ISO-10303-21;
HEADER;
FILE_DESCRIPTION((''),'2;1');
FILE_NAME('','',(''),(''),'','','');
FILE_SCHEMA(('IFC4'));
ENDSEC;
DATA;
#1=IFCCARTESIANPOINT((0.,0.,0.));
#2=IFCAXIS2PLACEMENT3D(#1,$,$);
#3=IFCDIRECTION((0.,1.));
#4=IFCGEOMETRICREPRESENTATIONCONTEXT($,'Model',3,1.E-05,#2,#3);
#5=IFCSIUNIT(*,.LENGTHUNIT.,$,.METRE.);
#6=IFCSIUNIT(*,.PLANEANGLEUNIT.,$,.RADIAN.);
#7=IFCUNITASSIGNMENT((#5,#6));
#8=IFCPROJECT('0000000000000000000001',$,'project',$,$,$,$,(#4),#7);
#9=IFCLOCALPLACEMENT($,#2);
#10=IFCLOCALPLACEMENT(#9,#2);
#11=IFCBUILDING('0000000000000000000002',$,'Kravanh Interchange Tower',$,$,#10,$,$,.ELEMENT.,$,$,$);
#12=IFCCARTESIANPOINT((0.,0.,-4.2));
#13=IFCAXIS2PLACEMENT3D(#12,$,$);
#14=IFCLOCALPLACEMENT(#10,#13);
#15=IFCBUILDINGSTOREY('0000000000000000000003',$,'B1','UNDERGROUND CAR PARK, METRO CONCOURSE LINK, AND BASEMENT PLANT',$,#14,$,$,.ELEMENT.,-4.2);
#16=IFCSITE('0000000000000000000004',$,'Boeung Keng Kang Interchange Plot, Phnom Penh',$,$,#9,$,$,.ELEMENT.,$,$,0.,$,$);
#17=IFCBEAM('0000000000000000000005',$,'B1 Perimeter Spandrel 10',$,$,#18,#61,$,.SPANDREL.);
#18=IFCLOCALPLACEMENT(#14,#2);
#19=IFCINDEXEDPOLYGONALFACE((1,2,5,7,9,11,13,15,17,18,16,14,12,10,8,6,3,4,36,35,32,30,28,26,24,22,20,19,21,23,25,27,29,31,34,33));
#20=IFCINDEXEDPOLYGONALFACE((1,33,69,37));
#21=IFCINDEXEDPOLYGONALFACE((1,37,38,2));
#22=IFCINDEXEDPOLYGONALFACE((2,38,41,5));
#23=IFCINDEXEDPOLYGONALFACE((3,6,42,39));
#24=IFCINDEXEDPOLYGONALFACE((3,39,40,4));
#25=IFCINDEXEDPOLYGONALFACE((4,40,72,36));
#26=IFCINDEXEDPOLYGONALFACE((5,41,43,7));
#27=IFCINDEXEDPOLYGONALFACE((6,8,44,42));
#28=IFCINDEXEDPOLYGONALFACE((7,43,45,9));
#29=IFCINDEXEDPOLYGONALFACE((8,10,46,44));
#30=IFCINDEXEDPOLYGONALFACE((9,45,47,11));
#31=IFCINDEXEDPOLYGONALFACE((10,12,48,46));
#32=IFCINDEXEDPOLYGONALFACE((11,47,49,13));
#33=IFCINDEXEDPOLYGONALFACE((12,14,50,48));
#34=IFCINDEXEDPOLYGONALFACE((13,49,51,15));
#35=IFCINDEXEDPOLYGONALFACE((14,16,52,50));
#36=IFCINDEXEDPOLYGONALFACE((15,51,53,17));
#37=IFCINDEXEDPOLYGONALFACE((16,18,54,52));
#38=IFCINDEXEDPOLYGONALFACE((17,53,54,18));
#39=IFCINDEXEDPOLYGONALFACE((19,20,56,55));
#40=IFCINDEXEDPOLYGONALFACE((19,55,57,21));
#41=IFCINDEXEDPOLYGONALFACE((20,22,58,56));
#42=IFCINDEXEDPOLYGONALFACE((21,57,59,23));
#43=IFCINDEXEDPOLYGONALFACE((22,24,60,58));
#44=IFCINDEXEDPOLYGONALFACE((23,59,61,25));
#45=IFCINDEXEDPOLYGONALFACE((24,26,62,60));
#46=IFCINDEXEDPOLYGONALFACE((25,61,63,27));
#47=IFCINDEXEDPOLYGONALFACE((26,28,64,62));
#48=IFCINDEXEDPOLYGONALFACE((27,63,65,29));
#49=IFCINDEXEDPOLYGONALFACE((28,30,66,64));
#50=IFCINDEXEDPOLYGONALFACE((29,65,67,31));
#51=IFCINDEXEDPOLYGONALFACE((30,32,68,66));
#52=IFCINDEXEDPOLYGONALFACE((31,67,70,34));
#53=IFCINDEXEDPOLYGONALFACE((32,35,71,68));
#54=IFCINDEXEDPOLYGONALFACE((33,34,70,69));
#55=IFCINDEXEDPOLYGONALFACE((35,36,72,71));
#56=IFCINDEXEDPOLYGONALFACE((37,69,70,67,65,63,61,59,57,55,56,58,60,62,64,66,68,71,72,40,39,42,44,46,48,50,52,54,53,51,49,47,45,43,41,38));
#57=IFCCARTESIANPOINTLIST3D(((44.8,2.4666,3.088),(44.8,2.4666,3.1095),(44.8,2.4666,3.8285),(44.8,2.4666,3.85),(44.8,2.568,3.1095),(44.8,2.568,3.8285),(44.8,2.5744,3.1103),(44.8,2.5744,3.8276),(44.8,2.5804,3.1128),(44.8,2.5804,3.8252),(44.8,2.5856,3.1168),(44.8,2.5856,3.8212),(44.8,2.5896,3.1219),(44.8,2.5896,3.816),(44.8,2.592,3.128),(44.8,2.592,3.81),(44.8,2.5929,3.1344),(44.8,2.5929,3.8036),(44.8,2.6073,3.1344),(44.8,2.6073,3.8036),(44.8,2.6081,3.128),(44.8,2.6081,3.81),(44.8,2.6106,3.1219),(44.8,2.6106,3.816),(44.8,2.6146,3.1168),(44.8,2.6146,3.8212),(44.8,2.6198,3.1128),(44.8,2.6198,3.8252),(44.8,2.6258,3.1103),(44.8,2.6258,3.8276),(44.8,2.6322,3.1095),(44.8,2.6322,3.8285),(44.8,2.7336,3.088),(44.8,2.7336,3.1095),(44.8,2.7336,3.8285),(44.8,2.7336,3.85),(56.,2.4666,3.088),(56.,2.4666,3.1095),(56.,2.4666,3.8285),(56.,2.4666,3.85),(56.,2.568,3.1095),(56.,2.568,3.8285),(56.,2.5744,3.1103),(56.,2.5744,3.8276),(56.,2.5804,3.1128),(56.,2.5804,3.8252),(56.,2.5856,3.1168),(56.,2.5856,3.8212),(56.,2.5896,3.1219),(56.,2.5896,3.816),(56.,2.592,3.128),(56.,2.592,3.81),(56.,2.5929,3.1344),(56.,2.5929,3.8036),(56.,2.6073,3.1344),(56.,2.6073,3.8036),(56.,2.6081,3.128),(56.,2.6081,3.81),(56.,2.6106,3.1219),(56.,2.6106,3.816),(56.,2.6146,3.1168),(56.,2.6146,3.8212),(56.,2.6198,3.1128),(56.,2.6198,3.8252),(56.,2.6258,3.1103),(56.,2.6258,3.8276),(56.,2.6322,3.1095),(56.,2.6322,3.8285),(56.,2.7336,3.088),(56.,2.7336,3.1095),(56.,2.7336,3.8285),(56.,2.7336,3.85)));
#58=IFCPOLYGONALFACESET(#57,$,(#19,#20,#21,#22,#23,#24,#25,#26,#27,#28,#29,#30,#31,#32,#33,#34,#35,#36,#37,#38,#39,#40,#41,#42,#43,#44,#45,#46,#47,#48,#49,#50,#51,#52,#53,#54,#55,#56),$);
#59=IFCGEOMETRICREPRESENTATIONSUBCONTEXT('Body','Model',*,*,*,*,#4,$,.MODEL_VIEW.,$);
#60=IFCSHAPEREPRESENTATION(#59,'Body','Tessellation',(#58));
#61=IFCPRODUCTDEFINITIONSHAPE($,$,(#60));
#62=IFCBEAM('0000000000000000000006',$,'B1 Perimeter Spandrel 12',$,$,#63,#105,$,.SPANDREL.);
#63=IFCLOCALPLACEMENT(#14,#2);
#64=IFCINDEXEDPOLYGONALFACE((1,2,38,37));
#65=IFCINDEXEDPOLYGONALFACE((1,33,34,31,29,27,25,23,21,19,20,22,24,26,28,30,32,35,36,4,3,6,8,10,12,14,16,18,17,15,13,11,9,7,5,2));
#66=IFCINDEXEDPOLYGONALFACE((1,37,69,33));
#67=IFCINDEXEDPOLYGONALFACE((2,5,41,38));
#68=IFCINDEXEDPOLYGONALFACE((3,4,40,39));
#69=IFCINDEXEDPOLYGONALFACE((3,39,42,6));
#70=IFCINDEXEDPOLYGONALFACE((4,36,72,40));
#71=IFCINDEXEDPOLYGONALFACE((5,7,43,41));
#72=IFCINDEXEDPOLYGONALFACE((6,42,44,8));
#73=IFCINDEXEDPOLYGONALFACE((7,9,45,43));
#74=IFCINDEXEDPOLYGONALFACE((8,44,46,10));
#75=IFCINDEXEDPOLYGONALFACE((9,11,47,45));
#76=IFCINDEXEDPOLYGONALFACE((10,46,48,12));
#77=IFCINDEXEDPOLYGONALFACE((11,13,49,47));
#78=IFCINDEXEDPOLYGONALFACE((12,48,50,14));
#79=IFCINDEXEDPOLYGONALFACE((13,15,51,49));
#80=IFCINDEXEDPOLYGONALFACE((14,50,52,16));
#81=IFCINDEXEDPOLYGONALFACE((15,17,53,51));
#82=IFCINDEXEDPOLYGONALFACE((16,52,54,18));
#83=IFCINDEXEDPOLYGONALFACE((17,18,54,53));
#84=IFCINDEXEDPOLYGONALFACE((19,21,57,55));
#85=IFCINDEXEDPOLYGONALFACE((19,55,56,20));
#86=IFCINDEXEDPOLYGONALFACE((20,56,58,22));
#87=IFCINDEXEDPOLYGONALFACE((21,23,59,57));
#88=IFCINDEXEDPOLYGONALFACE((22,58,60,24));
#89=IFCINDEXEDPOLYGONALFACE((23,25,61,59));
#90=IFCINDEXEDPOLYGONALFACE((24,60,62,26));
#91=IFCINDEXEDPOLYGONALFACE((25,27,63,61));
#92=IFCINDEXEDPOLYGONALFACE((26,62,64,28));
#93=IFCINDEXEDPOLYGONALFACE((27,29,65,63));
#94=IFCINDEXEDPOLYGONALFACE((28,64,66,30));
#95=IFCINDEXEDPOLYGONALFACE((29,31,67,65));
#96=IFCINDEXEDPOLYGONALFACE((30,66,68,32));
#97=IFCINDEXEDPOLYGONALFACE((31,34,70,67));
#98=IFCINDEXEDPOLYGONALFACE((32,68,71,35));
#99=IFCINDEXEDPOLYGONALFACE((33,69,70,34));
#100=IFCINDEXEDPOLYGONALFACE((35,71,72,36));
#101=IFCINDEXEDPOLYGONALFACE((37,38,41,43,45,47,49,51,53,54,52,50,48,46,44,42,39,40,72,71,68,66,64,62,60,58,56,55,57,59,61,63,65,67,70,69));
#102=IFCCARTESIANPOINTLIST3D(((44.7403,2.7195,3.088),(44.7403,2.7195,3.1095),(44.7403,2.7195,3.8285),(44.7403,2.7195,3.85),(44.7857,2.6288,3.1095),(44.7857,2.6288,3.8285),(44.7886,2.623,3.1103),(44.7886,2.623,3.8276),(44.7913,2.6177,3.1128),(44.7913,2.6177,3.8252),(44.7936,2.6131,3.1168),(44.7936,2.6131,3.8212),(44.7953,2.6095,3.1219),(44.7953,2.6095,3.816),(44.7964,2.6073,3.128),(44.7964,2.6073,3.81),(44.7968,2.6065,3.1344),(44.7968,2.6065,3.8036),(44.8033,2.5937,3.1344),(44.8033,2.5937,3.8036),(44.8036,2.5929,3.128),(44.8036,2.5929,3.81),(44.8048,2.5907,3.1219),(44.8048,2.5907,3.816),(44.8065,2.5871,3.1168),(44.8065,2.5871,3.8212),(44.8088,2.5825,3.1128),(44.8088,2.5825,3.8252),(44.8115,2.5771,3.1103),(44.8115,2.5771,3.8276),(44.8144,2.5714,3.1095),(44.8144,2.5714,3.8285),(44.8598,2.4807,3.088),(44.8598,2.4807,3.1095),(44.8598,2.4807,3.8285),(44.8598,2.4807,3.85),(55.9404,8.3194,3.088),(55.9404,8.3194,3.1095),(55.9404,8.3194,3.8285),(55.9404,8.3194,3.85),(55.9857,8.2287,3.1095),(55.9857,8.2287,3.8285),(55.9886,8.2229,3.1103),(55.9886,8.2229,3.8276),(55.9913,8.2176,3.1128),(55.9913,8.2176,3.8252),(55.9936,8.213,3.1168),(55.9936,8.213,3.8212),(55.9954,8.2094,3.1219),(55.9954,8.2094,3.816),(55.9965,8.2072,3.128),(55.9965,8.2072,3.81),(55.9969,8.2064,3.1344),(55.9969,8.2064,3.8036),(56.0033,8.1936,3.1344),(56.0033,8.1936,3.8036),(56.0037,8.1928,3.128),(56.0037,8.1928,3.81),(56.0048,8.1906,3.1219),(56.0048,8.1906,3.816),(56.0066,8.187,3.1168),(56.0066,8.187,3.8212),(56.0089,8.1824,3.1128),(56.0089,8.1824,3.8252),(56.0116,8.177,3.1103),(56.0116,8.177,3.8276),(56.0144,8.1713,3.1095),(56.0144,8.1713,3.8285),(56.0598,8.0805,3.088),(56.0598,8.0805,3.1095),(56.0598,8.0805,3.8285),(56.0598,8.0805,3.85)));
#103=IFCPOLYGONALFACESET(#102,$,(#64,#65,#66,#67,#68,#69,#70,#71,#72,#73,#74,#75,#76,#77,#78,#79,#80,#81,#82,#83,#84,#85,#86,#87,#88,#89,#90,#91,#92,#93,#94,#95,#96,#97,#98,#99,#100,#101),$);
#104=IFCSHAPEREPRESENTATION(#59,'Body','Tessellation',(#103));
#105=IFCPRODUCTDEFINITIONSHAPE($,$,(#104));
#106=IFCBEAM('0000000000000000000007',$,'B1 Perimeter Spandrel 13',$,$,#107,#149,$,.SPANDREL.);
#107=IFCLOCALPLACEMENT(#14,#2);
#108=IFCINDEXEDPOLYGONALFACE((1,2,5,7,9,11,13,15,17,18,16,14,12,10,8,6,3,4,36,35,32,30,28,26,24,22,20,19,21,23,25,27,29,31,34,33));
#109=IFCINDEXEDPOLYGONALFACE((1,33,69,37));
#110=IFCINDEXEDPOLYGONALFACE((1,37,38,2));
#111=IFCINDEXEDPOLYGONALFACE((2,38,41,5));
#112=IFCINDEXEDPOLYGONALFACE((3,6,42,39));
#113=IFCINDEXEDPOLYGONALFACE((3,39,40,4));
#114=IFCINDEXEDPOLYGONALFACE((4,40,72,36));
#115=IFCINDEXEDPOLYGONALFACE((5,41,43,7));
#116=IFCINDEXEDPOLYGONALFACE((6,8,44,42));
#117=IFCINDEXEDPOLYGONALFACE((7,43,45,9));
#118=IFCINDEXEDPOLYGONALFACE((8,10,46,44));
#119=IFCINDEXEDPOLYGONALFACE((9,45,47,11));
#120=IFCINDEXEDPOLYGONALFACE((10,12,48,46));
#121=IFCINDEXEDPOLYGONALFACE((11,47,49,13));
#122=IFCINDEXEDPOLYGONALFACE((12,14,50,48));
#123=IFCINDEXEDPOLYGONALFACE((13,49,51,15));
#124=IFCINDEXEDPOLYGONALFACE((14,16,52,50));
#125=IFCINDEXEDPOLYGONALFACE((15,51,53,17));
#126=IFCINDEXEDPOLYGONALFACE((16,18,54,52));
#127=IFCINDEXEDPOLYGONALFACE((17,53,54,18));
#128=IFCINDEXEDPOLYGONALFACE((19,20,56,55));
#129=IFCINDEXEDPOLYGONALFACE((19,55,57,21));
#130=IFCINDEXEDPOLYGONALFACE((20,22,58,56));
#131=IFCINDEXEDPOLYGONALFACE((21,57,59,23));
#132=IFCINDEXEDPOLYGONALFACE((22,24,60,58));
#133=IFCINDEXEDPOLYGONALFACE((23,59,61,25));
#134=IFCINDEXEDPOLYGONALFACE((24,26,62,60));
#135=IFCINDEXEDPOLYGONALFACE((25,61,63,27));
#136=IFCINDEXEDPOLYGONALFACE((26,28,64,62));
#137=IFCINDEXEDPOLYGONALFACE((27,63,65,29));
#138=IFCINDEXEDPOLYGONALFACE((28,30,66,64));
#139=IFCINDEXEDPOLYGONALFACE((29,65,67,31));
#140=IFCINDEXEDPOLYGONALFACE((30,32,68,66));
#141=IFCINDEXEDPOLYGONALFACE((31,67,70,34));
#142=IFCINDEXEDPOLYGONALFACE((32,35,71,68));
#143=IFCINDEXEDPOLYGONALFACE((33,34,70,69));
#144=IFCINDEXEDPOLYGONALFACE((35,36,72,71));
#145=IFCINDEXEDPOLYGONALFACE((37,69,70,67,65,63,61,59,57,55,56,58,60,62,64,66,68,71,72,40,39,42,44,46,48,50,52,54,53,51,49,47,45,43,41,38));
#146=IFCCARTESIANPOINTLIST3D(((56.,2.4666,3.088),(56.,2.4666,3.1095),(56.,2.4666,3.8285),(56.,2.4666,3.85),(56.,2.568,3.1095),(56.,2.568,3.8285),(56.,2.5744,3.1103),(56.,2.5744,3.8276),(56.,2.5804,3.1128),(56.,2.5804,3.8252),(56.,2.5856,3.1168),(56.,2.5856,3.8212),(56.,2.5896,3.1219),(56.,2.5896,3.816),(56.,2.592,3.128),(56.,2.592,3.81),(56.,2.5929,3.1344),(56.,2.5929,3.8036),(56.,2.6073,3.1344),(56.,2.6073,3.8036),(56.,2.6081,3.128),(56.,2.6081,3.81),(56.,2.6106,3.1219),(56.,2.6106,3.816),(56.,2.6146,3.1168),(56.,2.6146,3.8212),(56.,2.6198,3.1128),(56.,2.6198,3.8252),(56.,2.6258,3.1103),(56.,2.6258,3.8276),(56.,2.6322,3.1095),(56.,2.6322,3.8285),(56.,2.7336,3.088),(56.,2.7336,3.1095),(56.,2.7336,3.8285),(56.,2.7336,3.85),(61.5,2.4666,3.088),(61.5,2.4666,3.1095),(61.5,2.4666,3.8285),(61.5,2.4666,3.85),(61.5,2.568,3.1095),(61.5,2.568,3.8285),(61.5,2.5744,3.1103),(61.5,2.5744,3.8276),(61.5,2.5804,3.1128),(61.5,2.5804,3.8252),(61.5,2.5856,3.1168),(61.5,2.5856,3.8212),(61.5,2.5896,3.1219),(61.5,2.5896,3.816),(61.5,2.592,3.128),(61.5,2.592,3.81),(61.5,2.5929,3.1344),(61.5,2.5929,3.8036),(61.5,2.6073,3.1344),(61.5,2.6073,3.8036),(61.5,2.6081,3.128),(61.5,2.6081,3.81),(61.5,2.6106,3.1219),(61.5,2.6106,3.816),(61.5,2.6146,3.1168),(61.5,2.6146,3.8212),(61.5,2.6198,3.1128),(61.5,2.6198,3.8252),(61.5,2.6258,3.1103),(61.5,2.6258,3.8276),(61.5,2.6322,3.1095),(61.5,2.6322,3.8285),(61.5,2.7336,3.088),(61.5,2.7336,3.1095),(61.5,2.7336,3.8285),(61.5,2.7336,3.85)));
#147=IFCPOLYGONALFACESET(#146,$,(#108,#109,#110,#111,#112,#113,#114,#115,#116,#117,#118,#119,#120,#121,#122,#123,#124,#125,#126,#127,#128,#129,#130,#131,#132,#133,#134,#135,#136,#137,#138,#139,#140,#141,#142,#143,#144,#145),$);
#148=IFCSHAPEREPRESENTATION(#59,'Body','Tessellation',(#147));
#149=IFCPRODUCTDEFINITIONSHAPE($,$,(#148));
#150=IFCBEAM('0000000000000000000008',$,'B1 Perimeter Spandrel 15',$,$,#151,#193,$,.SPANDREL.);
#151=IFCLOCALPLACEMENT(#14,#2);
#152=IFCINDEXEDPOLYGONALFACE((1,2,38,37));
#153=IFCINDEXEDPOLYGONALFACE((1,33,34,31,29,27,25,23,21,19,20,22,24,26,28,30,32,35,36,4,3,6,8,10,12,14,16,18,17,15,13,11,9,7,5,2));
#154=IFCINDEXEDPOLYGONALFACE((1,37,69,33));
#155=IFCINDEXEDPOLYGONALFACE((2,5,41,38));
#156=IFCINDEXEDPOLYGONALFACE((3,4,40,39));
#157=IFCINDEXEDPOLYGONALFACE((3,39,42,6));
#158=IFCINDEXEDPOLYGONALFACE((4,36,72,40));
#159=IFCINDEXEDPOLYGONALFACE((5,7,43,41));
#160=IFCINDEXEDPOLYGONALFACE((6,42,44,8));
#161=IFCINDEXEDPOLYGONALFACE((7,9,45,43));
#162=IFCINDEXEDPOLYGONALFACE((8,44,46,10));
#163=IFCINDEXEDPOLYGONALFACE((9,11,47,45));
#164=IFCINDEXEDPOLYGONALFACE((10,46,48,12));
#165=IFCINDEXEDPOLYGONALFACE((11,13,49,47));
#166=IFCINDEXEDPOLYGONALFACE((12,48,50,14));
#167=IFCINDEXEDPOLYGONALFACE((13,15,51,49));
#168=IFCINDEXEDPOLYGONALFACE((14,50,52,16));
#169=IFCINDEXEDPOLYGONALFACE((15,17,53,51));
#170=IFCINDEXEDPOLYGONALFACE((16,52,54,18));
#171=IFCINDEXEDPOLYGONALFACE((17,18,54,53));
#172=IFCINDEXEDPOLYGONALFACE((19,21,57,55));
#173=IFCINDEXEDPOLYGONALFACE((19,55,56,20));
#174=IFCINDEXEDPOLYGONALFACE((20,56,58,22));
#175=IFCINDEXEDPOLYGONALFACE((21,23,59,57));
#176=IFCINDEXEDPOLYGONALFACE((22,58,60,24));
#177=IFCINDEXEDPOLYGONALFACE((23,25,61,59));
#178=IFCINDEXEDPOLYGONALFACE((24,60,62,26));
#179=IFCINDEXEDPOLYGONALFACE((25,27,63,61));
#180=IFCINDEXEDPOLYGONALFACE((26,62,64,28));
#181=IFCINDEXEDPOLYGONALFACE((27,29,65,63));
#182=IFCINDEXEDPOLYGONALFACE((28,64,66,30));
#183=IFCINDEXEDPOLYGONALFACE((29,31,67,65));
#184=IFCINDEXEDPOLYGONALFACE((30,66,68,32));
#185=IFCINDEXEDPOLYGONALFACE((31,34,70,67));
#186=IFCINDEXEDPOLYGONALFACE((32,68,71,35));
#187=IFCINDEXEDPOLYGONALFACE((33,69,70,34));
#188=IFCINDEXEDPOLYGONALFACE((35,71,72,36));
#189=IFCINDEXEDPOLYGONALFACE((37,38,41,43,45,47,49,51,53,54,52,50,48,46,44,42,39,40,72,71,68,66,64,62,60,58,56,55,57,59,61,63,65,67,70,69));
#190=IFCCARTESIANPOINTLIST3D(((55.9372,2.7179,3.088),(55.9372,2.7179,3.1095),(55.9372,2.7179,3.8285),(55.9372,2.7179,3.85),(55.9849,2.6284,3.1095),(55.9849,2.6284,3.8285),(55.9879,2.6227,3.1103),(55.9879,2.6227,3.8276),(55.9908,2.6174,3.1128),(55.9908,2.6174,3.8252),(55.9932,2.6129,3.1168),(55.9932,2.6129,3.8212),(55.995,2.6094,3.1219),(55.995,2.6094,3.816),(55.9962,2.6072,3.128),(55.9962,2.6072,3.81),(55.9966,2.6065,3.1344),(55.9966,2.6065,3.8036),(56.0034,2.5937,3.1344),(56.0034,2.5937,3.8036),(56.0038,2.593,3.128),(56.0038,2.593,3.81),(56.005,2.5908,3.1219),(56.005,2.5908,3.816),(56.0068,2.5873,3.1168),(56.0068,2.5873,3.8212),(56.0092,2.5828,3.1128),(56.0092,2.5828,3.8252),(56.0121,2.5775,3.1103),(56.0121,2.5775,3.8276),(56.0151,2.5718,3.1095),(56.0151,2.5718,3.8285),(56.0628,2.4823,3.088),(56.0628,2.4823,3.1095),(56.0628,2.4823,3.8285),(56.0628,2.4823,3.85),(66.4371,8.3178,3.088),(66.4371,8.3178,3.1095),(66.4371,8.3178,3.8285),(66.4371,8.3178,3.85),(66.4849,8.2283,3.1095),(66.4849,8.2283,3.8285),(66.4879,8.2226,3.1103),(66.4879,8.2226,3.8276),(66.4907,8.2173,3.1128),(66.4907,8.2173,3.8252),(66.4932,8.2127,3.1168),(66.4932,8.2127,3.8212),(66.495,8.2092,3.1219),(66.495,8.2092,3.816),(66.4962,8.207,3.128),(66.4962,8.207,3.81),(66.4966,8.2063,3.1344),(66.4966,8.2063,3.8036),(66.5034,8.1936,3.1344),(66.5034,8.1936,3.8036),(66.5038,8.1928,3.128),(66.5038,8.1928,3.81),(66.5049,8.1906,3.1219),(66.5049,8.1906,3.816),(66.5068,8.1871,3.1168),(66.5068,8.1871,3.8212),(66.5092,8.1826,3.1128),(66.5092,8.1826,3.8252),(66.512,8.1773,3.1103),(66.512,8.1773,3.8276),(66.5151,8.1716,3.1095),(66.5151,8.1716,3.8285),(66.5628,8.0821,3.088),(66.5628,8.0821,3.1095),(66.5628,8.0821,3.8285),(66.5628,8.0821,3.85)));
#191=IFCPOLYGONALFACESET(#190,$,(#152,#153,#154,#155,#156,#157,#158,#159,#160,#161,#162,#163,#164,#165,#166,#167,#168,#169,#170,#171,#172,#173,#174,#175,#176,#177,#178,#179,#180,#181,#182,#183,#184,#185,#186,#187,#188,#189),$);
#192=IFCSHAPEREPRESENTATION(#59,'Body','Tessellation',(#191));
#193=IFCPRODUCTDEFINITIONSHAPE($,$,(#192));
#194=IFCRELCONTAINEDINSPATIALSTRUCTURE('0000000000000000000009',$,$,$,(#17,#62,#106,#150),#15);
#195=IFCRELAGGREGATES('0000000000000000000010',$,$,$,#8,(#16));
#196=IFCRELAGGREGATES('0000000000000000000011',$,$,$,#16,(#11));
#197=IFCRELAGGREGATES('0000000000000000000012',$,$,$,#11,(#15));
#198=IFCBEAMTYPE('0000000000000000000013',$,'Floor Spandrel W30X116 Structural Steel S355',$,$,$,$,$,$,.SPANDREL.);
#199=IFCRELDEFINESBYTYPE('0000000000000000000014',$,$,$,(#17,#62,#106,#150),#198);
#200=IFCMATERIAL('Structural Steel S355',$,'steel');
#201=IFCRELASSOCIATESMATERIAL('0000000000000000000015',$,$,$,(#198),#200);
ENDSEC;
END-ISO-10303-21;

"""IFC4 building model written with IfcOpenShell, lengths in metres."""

from ifc_helpers import new_model, si_unit, direction, frame, origin, origin_2d, place, context, subcontext, project, spatial, i_section, extrude, material, material_profile, profile_set, type_object, element, save


model = new_model("IFC4")

# Units and contexts
model_context = context("Model", 3, precision=1e-05, world=origin(), true_north=direction((0.0, 1.0)))
body_context = subcontext(model_context, "Body", "Model", "MODEL_VIEW")
ifc_project = project(units=[si_unit("LENGTHUNIT", "METRE"), si_unit("PLANEANGLEUNIT", "RADIAN")], contexts=[model_context])

# Site, building, storey
site_placement = place(None, origin())
site = spatial("IfcSite", under=ifc_project, at=site_placement, Name="Boeung Keng Kang Interchange Plot, Phnom Penh", CompositionType="ELEMENT", RefElevation=0.0)
building_placement = place(site_placement, origin())
building = spatial("IfcBuilding", under=site, at=building_placement, Name="Kravanh Interchange Tower", CompositionType="ELEMENT")
storey_placement = place(building_placement, frame((0.0, 0.0, -4.2)))
storey = spatial("IfcBuildingStorey", under=building, at=storey_placement, Name="B1", Description="UNDERGROUND CAR PARK, METRO CONCOURSE LINK, AND BASEMENT PLANT", CompositionType="ELEMENT", Elevation=-4.2)

# Beams
ifc_material_1 = material(Name="Structural Steel S355", Category="steel")
ifc_material_profile_1 = material_profile(ifc_material_1, i_section(OverallWidth=0.2671, OverallDepth=0.762, WebThickness=0.0144, FlangeThickness=0.0215, FilletRadius=0.0249, at=origin_2d()), Name="W30X116")
ifc_profile_set_1 = profile_set([ifc_material_profile_1], Name="Structural Steel S355")
beam_type_1 = type_object("IfcBeamType", Name="Floor Spandrel W30X116 Structural Steel S355", PredefinedType="SPANDREL", material=ifc_profile_set_1)
beam_1_placement = place(storey_placement, frame((44.8, 2.6001, 3.469), z_axis=(1.0, 0.0, 0.0), x_axis=(0.0, 1.0, 0.0)))
element("IfcBeam", 1, at=beam_1_placement, inside=storey, type_object=beam_type_1, Name="B1 Perimeter Spandrel 10", PredefinedType="SPANDREL", context=body_context, shape_type="SweptSolid", body=[
    extrude(i_section(OverallWidth=0.2671, OverallDepth=0.762, WebThickness=0.0144, FlangeThickness=0.0215, FilletRadius=0.0249, at=origin_2d()), origin(), (0.0, 0.0, 1.0), 11.2),
])
beam_2_placement = place(storey_placement, frame((44.8, 2.6001, 3.469), z_axis=(0.894431, 0.447206, 0.0), x_axis=(-0.447206, 0.894431, 0.0)))
element("IfcBeam", 2, at=beam_2_placement, inside=storey, type_object=beam_type_1, Name="B1 Perimeter Spandrel 12", PredefinedType="SPANDREL", context=body_context, shape_type="SweptSolid", body=[
    extrude(i_section(OverallWidth=0.2671, OverallDepth=0.762, WebThickness=0.0144, FlangeThickness=0.0215, FilletRadius=0.0249, at=origin_2d()), origin(), (0.0, 0.0, 1.0), 12.522),
])
beam_3_placement = place(storey_placement, frame((56.0, 2.6001, 3.469), z_axis=(1.0, 0.0, 0.0), x_axis=(0.0, 1.0, 0.0)))
element("IfcBeam", 3, at=beam_3_placement, inside=storey, type_object=beam_type_1, Name="B1 Perimeter Spandrel 13", PredefinedType="SPANDREL", context=body_context, shape_type="SweptSolid", body=[
    extrude(i_section(OverallWidth=0.2671, OverallDepth=0.762, WebThickness=0.0144, FlangeThickness=0.0215, FilletRadius=0.0249, at=origin_2d()), origin(), (0.0, 0.0, 1.0), 5.5),
])
beam_4_placement = place(storey_placement, frame((56.0, 2.6001, 3.469), z_axis=(0.882358, 0.470579, 0.0), x_axis=(-0.470579, 0.882358, 0.0)))
element("IfcBeam", 4, at=beam_4_placement, inside=storey, type_object=beam_type_1, Name="B1 Perimeter Spandrel 15", PredefinedType="SPANDREL", context=body_context, shape_type="SweptSolid", body=[
    extrude(i_section(OverallWidth=0.2671, OverallDepth=0.762, WebThickness=0.0144, FlangeThickness=0.0215, FilletRadius=0.0249, at=origin_2d()), origin(), (0.0, 0.0, 1.0), 11.8999),
])

save(model, "model.ifc")
